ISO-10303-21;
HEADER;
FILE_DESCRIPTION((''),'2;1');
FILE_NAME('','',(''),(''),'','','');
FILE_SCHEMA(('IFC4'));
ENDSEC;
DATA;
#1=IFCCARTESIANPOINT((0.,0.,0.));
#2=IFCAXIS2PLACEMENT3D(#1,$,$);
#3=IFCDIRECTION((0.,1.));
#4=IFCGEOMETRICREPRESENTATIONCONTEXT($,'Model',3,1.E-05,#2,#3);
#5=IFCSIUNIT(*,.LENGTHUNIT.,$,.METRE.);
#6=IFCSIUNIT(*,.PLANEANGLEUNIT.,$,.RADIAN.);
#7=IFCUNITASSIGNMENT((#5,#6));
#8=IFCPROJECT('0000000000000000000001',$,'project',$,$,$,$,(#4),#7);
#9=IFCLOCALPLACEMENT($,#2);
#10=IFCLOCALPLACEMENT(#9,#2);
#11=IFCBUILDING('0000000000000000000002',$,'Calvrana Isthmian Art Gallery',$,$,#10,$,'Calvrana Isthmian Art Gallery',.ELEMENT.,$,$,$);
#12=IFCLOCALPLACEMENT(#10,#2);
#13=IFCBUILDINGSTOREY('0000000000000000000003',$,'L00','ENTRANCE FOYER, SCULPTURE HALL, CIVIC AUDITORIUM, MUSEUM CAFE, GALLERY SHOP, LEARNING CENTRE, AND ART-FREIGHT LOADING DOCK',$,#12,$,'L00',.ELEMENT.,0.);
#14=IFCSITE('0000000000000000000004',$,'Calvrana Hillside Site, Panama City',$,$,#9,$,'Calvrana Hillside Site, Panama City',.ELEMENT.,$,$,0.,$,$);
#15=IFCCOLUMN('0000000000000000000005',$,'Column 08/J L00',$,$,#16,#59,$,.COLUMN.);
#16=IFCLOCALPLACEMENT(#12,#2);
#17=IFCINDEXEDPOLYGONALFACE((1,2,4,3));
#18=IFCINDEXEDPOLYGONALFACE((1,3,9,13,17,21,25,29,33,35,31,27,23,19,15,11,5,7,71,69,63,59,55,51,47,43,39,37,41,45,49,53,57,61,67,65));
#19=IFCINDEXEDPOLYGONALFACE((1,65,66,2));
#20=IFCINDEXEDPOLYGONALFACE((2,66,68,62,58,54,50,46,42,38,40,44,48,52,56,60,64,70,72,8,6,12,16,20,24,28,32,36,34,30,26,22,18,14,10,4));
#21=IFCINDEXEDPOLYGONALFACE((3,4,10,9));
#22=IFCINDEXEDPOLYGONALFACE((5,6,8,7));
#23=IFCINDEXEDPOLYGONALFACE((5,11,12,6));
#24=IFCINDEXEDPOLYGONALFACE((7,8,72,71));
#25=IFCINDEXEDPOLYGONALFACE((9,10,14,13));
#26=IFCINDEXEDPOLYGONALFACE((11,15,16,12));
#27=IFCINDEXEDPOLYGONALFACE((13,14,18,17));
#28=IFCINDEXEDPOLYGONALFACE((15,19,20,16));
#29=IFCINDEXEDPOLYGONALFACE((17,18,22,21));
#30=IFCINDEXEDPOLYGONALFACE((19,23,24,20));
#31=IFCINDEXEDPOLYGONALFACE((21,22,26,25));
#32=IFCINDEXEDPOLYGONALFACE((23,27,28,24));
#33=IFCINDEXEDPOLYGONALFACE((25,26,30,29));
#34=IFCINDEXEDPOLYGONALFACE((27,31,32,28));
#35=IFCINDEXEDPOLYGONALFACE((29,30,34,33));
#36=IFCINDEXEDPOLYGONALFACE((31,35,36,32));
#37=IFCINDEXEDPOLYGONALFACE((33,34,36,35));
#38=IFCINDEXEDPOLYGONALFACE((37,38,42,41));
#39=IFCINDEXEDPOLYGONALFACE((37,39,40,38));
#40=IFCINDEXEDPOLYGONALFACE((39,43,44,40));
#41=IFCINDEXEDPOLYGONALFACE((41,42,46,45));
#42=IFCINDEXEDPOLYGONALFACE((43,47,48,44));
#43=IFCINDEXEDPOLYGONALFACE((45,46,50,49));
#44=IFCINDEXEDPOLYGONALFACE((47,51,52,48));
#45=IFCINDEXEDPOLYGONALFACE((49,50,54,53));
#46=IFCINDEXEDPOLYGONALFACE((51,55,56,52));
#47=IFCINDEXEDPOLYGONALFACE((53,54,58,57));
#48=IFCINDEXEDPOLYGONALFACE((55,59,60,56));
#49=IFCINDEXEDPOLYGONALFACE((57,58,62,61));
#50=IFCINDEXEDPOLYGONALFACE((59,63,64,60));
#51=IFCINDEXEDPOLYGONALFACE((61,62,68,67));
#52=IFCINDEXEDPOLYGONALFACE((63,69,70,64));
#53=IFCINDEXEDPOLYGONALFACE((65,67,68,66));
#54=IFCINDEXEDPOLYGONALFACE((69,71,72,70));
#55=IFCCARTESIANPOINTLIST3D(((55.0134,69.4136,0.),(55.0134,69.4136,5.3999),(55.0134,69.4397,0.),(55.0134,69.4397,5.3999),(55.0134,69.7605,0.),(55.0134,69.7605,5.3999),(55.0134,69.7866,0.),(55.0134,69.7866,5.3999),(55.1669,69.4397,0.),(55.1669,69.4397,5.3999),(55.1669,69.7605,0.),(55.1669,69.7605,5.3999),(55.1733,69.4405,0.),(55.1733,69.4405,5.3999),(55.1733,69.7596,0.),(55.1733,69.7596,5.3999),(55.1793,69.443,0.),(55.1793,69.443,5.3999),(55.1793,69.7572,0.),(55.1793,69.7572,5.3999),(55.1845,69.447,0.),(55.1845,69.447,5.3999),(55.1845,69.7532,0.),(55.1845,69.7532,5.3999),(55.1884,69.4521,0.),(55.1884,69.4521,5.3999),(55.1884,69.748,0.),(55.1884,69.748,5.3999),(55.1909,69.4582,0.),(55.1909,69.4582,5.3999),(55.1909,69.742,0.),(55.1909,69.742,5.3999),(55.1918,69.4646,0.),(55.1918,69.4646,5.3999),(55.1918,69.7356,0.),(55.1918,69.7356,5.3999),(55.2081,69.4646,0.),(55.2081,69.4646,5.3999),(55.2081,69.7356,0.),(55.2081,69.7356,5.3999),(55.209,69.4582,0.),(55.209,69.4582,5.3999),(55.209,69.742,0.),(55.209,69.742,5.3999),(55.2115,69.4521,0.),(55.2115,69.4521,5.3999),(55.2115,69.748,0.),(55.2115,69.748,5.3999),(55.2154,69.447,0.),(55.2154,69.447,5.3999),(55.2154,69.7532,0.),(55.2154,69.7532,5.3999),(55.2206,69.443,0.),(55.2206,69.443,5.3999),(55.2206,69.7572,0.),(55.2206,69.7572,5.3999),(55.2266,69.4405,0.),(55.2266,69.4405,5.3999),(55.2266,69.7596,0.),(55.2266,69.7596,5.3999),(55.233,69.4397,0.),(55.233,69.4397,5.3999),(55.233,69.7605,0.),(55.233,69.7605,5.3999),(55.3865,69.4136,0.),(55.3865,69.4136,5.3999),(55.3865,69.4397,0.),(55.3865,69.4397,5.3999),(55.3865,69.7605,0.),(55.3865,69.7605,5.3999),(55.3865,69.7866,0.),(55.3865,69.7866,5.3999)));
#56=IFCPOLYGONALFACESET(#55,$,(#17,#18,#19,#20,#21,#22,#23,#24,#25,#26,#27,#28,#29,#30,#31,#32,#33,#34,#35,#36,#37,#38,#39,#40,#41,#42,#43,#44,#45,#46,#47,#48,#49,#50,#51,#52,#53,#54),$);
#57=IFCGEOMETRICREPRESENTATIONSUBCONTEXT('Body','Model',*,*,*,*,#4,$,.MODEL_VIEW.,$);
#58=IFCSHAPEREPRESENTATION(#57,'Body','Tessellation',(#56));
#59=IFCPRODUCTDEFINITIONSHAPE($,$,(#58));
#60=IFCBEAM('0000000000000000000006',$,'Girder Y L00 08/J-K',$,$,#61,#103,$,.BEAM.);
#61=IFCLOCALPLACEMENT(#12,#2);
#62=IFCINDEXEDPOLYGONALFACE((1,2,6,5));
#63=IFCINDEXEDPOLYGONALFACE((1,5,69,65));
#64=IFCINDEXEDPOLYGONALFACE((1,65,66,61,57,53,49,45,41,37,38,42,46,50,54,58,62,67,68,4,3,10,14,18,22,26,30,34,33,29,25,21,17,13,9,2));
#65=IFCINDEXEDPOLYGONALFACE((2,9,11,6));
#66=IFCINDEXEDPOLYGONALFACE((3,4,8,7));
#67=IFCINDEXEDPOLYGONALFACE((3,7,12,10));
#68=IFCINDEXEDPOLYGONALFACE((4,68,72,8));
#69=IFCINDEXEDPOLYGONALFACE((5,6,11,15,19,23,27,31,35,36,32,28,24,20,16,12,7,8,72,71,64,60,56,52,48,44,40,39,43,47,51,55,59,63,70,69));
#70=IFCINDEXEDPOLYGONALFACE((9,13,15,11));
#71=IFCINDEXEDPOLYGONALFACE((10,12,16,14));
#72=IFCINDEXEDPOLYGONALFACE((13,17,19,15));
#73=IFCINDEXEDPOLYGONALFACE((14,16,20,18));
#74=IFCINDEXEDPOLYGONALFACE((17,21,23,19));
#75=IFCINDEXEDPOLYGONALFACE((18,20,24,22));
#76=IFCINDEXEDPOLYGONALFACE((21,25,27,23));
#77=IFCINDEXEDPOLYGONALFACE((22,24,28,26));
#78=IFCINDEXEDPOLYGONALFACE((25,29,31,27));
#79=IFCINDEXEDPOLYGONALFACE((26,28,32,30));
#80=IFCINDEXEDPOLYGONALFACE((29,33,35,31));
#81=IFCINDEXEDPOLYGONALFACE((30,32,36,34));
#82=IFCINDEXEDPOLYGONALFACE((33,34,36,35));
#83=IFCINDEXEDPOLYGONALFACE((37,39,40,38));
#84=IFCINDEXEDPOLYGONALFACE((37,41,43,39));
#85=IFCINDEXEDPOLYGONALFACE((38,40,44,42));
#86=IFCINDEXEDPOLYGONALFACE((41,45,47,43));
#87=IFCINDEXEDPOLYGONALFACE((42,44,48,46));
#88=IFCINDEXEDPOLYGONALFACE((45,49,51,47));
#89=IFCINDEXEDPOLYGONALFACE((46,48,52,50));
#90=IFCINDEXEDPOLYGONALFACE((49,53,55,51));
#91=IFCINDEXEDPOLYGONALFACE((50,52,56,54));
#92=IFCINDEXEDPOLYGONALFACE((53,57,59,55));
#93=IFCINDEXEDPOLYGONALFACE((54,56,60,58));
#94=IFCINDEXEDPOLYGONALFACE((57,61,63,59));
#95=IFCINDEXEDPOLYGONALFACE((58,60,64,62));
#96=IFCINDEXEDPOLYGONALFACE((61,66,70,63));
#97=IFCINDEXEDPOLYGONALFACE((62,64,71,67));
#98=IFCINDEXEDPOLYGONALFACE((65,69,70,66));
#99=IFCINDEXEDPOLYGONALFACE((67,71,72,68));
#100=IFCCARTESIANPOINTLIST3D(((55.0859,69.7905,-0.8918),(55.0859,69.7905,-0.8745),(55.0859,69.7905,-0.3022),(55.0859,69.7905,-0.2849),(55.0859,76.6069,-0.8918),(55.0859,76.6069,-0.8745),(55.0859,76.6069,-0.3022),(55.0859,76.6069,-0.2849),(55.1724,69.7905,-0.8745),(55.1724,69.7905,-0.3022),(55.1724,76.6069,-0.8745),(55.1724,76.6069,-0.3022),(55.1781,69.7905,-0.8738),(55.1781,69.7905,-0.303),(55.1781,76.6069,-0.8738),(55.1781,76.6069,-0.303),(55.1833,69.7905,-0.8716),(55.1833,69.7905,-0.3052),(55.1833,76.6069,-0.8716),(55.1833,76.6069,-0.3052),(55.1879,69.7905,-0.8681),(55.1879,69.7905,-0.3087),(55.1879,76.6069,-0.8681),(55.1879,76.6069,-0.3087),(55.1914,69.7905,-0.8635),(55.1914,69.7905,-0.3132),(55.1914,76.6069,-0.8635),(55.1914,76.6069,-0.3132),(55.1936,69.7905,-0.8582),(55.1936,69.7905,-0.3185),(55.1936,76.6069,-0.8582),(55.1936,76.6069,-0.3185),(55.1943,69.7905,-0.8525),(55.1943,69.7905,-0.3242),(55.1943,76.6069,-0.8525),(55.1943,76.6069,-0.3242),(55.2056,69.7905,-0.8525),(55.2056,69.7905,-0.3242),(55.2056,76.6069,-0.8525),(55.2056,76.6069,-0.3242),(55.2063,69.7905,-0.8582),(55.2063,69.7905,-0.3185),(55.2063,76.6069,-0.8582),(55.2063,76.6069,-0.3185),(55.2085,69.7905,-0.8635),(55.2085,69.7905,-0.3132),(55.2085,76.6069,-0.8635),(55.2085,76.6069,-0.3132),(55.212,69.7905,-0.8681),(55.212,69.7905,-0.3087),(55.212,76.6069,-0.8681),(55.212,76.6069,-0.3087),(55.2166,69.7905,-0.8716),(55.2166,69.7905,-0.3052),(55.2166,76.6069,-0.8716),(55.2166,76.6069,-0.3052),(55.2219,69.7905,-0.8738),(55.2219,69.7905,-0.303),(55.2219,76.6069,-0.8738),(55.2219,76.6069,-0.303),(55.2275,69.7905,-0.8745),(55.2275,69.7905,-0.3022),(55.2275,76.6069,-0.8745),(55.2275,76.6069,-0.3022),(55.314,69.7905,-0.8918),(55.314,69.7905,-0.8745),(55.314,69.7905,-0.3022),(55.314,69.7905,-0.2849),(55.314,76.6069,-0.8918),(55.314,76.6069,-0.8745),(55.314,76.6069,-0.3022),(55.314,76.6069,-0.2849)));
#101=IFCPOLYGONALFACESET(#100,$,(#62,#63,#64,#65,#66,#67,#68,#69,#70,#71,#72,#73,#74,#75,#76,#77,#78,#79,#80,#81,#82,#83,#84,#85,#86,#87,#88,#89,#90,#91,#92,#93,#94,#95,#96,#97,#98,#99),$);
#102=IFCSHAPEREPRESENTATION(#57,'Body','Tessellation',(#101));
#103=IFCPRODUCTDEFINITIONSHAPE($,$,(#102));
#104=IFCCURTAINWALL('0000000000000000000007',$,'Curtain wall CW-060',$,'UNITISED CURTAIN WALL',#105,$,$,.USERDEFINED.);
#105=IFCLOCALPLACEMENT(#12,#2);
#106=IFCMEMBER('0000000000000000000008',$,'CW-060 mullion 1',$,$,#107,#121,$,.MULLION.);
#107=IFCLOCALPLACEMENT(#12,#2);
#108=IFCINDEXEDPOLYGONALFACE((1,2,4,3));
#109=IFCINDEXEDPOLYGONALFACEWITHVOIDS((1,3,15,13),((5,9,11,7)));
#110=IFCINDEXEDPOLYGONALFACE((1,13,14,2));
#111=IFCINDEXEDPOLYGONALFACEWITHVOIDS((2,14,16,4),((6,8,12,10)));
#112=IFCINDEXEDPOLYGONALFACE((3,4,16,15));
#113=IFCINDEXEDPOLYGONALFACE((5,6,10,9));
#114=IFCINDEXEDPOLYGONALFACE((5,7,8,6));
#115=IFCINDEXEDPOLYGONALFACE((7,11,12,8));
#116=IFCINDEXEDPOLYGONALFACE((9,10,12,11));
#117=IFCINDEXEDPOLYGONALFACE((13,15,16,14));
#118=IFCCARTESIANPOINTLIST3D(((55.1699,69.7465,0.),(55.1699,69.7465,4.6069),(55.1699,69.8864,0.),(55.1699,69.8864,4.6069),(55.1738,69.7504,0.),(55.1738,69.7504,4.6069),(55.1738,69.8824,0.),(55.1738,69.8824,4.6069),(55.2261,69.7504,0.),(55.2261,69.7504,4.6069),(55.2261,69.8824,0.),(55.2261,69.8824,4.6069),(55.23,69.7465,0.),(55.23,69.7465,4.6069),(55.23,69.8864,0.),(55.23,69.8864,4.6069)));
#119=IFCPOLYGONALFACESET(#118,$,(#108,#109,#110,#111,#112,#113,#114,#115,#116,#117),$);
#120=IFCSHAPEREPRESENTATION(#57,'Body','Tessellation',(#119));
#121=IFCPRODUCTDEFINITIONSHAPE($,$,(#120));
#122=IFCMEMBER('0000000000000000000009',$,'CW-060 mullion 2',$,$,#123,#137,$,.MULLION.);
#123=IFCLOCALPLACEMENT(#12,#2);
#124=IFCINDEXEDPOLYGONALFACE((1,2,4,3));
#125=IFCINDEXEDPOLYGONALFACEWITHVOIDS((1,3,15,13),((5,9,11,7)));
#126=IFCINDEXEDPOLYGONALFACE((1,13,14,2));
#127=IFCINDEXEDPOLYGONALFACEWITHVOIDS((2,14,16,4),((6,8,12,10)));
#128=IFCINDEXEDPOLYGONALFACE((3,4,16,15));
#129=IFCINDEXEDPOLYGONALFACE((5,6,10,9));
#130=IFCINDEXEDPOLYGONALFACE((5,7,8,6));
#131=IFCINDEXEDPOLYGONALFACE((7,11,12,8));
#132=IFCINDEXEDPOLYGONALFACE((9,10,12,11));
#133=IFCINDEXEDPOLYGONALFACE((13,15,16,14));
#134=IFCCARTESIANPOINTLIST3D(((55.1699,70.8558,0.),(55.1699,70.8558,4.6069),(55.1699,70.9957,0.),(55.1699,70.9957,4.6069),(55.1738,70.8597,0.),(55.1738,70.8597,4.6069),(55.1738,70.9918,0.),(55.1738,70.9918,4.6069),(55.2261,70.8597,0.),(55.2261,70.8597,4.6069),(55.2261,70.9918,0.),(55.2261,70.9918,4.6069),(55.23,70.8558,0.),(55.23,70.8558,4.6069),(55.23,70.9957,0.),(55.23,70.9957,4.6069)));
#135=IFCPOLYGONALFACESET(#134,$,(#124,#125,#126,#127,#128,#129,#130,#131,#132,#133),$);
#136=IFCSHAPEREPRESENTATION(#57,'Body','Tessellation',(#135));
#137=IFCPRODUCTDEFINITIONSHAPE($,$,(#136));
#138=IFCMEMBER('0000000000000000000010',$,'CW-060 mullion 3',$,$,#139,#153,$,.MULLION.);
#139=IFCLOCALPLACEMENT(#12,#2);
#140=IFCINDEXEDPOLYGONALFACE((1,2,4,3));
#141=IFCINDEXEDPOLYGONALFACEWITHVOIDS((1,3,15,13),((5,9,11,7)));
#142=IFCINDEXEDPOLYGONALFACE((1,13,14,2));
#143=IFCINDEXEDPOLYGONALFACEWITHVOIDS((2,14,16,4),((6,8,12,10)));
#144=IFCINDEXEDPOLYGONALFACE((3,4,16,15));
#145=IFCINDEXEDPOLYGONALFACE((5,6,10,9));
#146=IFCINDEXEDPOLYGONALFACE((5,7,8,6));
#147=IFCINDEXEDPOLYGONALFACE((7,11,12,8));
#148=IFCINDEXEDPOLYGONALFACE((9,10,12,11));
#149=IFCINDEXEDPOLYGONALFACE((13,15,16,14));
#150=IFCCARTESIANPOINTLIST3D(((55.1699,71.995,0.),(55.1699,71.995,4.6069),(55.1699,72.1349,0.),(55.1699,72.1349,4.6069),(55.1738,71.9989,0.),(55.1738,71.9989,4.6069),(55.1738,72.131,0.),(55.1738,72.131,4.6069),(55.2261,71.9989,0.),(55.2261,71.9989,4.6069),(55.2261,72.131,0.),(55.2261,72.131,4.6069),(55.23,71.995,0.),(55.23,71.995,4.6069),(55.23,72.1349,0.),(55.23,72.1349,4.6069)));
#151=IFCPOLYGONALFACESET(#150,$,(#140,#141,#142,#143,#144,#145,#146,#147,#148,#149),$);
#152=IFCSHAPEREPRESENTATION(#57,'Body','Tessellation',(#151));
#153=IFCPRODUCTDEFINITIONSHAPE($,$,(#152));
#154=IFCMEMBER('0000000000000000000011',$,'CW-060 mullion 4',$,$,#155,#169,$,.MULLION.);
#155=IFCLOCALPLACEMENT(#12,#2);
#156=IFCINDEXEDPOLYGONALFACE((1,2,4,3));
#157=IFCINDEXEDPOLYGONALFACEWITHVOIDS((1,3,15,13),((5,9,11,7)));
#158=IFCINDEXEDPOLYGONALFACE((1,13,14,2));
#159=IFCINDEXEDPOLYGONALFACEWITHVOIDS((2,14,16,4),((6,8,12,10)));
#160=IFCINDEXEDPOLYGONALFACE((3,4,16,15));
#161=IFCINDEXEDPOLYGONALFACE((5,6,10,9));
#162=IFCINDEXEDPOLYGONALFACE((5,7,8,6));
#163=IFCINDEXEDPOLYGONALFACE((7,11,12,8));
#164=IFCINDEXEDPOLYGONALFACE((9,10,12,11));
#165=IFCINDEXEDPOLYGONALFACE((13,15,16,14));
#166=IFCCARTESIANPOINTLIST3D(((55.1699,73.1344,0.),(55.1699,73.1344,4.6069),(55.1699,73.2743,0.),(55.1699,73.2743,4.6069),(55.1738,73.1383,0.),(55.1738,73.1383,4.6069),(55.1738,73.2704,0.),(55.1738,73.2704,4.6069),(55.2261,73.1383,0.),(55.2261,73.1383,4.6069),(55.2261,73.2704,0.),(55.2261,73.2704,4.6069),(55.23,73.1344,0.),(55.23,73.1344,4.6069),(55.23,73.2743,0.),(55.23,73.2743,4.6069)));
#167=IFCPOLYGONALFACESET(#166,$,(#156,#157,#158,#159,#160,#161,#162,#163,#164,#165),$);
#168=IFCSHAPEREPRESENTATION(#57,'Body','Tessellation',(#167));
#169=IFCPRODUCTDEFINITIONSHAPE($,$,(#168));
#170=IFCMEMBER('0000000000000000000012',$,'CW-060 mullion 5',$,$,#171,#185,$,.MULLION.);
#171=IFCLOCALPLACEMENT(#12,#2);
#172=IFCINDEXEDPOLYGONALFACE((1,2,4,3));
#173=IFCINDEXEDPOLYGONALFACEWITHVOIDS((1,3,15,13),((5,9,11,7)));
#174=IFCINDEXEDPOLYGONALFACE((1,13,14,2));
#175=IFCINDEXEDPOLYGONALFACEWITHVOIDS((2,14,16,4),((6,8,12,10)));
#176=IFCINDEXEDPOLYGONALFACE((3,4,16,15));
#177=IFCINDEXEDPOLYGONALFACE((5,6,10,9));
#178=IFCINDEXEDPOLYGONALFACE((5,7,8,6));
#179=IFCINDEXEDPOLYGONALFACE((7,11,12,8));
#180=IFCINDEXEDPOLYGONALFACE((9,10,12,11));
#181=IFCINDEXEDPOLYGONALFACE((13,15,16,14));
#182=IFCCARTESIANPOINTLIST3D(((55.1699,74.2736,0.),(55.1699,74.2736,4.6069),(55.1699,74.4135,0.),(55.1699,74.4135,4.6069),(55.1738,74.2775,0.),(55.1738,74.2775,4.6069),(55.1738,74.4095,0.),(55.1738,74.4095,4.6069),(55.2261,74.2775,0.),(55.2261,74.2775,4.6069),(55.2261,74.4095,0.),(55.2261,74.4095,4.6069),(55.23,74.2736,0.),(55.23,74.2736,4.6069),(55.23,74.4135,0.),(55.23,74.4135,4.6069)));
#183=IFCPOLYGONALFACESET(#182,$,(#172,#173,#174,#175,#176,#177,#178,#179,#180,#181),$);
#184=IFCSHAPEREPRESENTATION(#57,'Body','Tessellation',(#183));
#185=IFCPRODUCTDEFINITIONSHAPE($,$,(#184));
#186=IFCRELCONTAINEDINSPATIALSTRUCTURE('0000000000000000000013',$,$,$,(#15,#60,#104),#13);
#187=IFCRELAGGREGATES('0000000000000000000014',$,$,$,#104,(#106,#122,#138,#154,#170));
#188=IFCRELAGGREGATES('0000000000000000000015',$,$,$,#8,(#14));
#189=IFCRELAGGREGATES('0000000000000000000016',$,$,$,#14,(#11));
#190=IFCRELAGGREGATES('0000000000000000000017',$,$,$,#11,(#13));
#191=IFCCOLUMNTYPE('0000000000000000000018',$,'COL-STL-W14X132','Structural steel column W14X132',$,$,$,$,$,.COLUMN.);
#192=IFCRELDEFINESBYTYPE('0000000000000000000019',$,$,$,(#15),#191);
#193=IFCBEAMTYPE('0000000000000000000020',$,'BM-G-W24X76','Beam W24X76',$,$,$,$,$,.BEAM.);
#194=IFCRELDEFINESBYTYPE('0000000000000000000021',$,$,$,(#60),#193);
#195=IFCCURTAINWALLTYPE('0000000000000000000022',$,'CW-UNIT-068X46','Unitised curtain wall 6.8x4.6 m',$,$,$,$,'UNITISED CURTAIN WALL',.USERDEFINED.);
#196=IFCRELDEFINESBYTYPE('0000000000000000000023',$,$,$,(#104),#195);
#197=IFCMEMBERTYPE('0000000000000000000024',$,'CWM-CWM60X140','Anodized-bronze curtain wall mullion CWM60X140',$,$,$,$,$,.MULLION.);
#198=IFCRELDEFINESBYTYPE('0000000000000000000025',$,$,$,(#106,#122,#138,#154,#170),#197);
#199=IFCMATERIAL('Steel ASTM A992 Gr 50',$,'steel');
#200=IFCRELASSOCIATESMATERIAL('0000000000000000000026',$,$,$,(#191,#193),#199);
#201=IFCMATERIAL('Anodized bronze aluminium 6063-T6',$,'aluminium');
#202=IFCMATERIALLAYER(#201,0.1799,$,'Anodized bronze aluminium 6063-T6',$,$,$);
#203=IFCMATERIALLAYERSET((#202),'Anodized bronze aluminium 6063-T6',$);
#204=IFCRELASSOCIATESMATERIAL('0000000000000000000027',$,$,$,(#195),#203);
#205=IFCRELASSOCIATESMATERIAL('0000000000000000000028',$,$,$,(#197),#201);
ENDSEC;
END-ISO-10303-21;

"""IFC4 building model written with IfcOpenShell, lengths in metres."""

from ifc_helpers import new_model, si_unit, direction, frame, origin, origin_2d, place, context, subcontext, project, spatial, hollow_rectangle, i_section, extrude, material, layer, layer_set, material_profile, profile_set, type_object, element, aggregate, save


model = new_model("IFC4")

# Units and contexts
model_context = context("Model", 3, precision=1e-05, world=origin(), true_north=direction((0.0, 1.0)))
body_context = subcontext(model_context, "Body", "Model", "MODEL_VIEW")
ifc_project = project(units=[si_unit("LENGTHUNIT", "METRE"), si_unit("PLANEANGLEUNIT", "RADIAN")], contexts=[model_context])

# Site, building, storey
site_placement = place(None, origin())
site = spatial("IfcSite", under=ifc_project, at=site_placement, Name="Calvrana Hillside Site, Panama City", LongName="Calvrana Hillside Site, Panama City", CompositionType="ELEMENT", RefElevation=0.0)
building_placement = place(site_placement, origin())
building = spatial("IfcBuilding", under=site, at=building_placement, Name="Calvrana Isthmian Art Gallery", LongName="Calvrana Isthmian Art Gallery", CompositionType="ELEMENT")
storey_placement = place(building_placement, origin())
storey = spatial("IfcBuildingStorey", under=building, at=storey_placement, Name="L00", Description="ENTRANCE FOYER, SCULPTURE HALL, CIVIC AUDITORIUM, MUSEUM CAFE, GALLERY SHOP, LEARNING CENTRE, AND ART-FREIGHT LOADING DOCK", LongName="L00", CompositionType="ELEMENT", Elevation=0.0)

# Column
ifc_material_1 = material(Name="Steel ASTM A992 Gr 50", Category="steel")
ifc_material_profile_1 = material_profile(ifc_material_1, i_section(OverallWidth=0.373, OverallDepth=0.373, WebThickness=0.0164, FlangeThickness=0.0261, FilletRadius=0.0249, at=origin_2d()), Name="W14X132")
ifc_profile_set_1 = profile_set([ifc_material_profile_1], Name="Steel ASTM A992 Gr 50")
column_type = type_object("IfcColumnType", Name="COL-STL-W14X132", Description="Structural steel column W14X132", PredefinedType="COLUMN", material=ifc_profile_set_1)
column_placement = place(storey_placement, frame((55.2, 69.6001, 0.0), z_axis=(0.0, 0.0, 1.0), x_axis=(1.0, 0.0, 0.0)))
element("IfcColumn", 1, at=column_placement, inside=storey, type_object=column_type, Name="Column 08/J L00", PredefinedType="COLUMN", context=body_context, shape_type="SweptSolid", body=[
    extrude(i_section(OverallWidth=0.373, OverallDepth=0.373, WebThickness=0.0164, FlangeThickness=0.0261, FilletRadius=0.0249, at=origin_2d()), origin(), (0.0, 0.0, 1.0), 5.3999),
])

# Beam
ifc_material_profile_2 = material_profile(ifc_material_1, i_section(OverallWidth=0.228, OverallDepth=0.6069, WebThickness=0.0112, FlangeThickness=0.0173, FilletRadius=0.022, at=origin_2d()), Name="W24X76")
ifc_profile_set_2 = profile_set([ifc_material_profile_2], Name="Steel ASTM A992 Gr 50")
beam_type = type_object("IfcBeamType", Name="BM-G-W24X76", Description="Beam W24X76", PredefinedType="BEAM", material=ifc_profile_set_2)
beam_placement = place(storey_placement, frame((55.2, 69.7905, -0.5884), z_axis=(0.0, 1.0, 0.0), x_axis=(-1.0, 0.0, 0.0)))
element("IfcBeam", 2, at=beam_placement, inside=storey, type_object=beam_type, Name="Girder Y L00 08/J-K", PredefinedType="BEAM", context=body_context, shape_type="SweptSolid", body=[
    extrude(i_section(OverallWidth=0.228, OverallDepth=0.6069, WebThickness=0.0112, FlangeThickness=0.0173, FilletRadius=0.022, at=origin_2d()), origin(), (0.0, 0.0, 1.0), 6.8164),
])

# Curtain wall, members
ifc_material_2 = material(Name="Anodized bronze aluminium 6063-T6", Category="aluminium")
ifc_layer_1 = layer(ifc_material_2, 0.1799, Name="Anodized bronze aluminium 6063-T6")
ifc_layer_set_1 = layer_set([ifc_layer_1], Name="Anodized bronze aluminium 6063-T6")
curtain_wall_type = type_object("IfcCurtainWallType", Name="CW-UNIT-068X46", Description="Unitised curtain wall 6.8x4.6 m", ElementType="UNITISED CURTAIN WALL", PredefinedType="USERDEFINED", material=ifc_layer_set_1)
curtain_wall_placement = place(storey_placement, origin())
curtain_wall = element("IfcCurtainWall", 3, at=curtain_wall_placement, inside=storey, type_object=curtain_wall_type, Name="Curtain wall CW-060", ObjectType="UNITISED CURTAIN WALL", PredefinedType="USERDEFINED")
ifc_material_profile_3 = material_profile(ifc_material_2, hollow_rectangle(XDim=0.0601, YDim=0.1399, WallThickness=0.0039, at=origin_2d()), Name="CWM60X140")
ifc_profile_set_3 = profile_set([ifc_material_profile_3], Name="Anodized bronze aluminium 6063-T6")
member_type_1 = type_object("IfcMemberType", Name="CWM-CWM60X140", Description="Anodized-bronze curtain wall mullion CWM60X140", PredefinedType="MULLION", material=ifc_profile_set_3)
member_1_placement = place(storey_placement, frame((55.2, 69.8164, 0.0), z_axis=(0.0, 0.0, 1.0), x_axis=(-1.0, 0.0, 0.0)))
member_1 = element("IfcMember", 4, at=member_1_placement, type_object=member_type_1, Name="CW-060 mullion 1", PredefinedType="MULLION", context=body_context, shape_type="SweptSolid", body=[
    extrude(hollow_rectangle(XDim=0.0601, YDim=0.1399, WallThickness=0.0039, at=origin_2d()), origin(), (0.0, 0.0, 1.0), 4.6069),
])
member_2_placement = place(storey_placement, frame((55.2, 70.9258, 0.0), z_axis=(0.0, 0.0, 1.0), x_axis=(-1.0, 0.0, 0.0)))
member_2 = element("IfcMember", 5, at=member_2_placement, type_object=member_type_1, Name="CW-060 mullion 2", PredefinedType="MULLION", context=body_context, shape_type="SweptSolid", body=[
    extrude(hollow_rectangle(XDim=0.0601, YDim=0.1399, WallThickness=0.0039, at=origin_2d()), origin(), (0.0, 0.0, 1.0), 4.6069),
])
member_3_placement = place(storey_placement, frame((55.2, 72.0649, 0.0), z_axis=(0.0, 0.0, 1.0), x_axis=(-1.0, 0.0, 0.0)))
member_3 = element("IfcMember", 6, at=member_3_placement, type_object=member_type_1, Name="CW-060 mullion 3", PredefinedType="MULLION", context=body_context, shape_type="SweptSolid", body=[
    extrude(hollow_rectangle(XDim=0.0601, YDim=0.1399, WallThickness=0.0039, at=origin_2d()), origin(), (0.0, 0.0, 1.0), 4.6069),
])
member_4_placement = place(storey_placement, frame((55.2, 73.2043, 0.0), z_axis=(0.0, 0.0, 1.0), x_axis=(-1.0, 0.0, 0.0)))
member_4 = element("IfcMember", 7, at=member_4_placement, type_object=member_type_1, Name="CW-060 mullion 4", PredefinedType="MULLION", context=body_context, shape_type="SweptSolid", body=[
    extrude(hollow_rectangle(XDim=0.0601, YDim=0.1399, WallThickness=0.0039, at=origin_2d()), origin(), (0.0, 0.0, 1.0), 4.6069),
])
member_5_placement = place(storey_placement, frame((55.2, 74.3435, 0.0), z_axis=(0.0, 0.0, 1.0), x_axis=(-1.0, 0.0, 0.0)))
member_5 = element("IfcMember", 8, at=member_5_placement, type_object=member_type_1, Name="CW-060 mullion 5", PredefinedType="MULLION", context=body_context, shape_type="SweptSolid", body=[
    extrude(hollow_rectangle(XDim=0.0601, YDim=0.1399, WallThickness=0.0039, at=origin_2d()), origin(), (0.0, 0.0, 1.0), 4.6069),
])
aggregate(curtain_wall, [member_1, member_2, member_3, member_4, member_5])

save(model, "model.ifc")
